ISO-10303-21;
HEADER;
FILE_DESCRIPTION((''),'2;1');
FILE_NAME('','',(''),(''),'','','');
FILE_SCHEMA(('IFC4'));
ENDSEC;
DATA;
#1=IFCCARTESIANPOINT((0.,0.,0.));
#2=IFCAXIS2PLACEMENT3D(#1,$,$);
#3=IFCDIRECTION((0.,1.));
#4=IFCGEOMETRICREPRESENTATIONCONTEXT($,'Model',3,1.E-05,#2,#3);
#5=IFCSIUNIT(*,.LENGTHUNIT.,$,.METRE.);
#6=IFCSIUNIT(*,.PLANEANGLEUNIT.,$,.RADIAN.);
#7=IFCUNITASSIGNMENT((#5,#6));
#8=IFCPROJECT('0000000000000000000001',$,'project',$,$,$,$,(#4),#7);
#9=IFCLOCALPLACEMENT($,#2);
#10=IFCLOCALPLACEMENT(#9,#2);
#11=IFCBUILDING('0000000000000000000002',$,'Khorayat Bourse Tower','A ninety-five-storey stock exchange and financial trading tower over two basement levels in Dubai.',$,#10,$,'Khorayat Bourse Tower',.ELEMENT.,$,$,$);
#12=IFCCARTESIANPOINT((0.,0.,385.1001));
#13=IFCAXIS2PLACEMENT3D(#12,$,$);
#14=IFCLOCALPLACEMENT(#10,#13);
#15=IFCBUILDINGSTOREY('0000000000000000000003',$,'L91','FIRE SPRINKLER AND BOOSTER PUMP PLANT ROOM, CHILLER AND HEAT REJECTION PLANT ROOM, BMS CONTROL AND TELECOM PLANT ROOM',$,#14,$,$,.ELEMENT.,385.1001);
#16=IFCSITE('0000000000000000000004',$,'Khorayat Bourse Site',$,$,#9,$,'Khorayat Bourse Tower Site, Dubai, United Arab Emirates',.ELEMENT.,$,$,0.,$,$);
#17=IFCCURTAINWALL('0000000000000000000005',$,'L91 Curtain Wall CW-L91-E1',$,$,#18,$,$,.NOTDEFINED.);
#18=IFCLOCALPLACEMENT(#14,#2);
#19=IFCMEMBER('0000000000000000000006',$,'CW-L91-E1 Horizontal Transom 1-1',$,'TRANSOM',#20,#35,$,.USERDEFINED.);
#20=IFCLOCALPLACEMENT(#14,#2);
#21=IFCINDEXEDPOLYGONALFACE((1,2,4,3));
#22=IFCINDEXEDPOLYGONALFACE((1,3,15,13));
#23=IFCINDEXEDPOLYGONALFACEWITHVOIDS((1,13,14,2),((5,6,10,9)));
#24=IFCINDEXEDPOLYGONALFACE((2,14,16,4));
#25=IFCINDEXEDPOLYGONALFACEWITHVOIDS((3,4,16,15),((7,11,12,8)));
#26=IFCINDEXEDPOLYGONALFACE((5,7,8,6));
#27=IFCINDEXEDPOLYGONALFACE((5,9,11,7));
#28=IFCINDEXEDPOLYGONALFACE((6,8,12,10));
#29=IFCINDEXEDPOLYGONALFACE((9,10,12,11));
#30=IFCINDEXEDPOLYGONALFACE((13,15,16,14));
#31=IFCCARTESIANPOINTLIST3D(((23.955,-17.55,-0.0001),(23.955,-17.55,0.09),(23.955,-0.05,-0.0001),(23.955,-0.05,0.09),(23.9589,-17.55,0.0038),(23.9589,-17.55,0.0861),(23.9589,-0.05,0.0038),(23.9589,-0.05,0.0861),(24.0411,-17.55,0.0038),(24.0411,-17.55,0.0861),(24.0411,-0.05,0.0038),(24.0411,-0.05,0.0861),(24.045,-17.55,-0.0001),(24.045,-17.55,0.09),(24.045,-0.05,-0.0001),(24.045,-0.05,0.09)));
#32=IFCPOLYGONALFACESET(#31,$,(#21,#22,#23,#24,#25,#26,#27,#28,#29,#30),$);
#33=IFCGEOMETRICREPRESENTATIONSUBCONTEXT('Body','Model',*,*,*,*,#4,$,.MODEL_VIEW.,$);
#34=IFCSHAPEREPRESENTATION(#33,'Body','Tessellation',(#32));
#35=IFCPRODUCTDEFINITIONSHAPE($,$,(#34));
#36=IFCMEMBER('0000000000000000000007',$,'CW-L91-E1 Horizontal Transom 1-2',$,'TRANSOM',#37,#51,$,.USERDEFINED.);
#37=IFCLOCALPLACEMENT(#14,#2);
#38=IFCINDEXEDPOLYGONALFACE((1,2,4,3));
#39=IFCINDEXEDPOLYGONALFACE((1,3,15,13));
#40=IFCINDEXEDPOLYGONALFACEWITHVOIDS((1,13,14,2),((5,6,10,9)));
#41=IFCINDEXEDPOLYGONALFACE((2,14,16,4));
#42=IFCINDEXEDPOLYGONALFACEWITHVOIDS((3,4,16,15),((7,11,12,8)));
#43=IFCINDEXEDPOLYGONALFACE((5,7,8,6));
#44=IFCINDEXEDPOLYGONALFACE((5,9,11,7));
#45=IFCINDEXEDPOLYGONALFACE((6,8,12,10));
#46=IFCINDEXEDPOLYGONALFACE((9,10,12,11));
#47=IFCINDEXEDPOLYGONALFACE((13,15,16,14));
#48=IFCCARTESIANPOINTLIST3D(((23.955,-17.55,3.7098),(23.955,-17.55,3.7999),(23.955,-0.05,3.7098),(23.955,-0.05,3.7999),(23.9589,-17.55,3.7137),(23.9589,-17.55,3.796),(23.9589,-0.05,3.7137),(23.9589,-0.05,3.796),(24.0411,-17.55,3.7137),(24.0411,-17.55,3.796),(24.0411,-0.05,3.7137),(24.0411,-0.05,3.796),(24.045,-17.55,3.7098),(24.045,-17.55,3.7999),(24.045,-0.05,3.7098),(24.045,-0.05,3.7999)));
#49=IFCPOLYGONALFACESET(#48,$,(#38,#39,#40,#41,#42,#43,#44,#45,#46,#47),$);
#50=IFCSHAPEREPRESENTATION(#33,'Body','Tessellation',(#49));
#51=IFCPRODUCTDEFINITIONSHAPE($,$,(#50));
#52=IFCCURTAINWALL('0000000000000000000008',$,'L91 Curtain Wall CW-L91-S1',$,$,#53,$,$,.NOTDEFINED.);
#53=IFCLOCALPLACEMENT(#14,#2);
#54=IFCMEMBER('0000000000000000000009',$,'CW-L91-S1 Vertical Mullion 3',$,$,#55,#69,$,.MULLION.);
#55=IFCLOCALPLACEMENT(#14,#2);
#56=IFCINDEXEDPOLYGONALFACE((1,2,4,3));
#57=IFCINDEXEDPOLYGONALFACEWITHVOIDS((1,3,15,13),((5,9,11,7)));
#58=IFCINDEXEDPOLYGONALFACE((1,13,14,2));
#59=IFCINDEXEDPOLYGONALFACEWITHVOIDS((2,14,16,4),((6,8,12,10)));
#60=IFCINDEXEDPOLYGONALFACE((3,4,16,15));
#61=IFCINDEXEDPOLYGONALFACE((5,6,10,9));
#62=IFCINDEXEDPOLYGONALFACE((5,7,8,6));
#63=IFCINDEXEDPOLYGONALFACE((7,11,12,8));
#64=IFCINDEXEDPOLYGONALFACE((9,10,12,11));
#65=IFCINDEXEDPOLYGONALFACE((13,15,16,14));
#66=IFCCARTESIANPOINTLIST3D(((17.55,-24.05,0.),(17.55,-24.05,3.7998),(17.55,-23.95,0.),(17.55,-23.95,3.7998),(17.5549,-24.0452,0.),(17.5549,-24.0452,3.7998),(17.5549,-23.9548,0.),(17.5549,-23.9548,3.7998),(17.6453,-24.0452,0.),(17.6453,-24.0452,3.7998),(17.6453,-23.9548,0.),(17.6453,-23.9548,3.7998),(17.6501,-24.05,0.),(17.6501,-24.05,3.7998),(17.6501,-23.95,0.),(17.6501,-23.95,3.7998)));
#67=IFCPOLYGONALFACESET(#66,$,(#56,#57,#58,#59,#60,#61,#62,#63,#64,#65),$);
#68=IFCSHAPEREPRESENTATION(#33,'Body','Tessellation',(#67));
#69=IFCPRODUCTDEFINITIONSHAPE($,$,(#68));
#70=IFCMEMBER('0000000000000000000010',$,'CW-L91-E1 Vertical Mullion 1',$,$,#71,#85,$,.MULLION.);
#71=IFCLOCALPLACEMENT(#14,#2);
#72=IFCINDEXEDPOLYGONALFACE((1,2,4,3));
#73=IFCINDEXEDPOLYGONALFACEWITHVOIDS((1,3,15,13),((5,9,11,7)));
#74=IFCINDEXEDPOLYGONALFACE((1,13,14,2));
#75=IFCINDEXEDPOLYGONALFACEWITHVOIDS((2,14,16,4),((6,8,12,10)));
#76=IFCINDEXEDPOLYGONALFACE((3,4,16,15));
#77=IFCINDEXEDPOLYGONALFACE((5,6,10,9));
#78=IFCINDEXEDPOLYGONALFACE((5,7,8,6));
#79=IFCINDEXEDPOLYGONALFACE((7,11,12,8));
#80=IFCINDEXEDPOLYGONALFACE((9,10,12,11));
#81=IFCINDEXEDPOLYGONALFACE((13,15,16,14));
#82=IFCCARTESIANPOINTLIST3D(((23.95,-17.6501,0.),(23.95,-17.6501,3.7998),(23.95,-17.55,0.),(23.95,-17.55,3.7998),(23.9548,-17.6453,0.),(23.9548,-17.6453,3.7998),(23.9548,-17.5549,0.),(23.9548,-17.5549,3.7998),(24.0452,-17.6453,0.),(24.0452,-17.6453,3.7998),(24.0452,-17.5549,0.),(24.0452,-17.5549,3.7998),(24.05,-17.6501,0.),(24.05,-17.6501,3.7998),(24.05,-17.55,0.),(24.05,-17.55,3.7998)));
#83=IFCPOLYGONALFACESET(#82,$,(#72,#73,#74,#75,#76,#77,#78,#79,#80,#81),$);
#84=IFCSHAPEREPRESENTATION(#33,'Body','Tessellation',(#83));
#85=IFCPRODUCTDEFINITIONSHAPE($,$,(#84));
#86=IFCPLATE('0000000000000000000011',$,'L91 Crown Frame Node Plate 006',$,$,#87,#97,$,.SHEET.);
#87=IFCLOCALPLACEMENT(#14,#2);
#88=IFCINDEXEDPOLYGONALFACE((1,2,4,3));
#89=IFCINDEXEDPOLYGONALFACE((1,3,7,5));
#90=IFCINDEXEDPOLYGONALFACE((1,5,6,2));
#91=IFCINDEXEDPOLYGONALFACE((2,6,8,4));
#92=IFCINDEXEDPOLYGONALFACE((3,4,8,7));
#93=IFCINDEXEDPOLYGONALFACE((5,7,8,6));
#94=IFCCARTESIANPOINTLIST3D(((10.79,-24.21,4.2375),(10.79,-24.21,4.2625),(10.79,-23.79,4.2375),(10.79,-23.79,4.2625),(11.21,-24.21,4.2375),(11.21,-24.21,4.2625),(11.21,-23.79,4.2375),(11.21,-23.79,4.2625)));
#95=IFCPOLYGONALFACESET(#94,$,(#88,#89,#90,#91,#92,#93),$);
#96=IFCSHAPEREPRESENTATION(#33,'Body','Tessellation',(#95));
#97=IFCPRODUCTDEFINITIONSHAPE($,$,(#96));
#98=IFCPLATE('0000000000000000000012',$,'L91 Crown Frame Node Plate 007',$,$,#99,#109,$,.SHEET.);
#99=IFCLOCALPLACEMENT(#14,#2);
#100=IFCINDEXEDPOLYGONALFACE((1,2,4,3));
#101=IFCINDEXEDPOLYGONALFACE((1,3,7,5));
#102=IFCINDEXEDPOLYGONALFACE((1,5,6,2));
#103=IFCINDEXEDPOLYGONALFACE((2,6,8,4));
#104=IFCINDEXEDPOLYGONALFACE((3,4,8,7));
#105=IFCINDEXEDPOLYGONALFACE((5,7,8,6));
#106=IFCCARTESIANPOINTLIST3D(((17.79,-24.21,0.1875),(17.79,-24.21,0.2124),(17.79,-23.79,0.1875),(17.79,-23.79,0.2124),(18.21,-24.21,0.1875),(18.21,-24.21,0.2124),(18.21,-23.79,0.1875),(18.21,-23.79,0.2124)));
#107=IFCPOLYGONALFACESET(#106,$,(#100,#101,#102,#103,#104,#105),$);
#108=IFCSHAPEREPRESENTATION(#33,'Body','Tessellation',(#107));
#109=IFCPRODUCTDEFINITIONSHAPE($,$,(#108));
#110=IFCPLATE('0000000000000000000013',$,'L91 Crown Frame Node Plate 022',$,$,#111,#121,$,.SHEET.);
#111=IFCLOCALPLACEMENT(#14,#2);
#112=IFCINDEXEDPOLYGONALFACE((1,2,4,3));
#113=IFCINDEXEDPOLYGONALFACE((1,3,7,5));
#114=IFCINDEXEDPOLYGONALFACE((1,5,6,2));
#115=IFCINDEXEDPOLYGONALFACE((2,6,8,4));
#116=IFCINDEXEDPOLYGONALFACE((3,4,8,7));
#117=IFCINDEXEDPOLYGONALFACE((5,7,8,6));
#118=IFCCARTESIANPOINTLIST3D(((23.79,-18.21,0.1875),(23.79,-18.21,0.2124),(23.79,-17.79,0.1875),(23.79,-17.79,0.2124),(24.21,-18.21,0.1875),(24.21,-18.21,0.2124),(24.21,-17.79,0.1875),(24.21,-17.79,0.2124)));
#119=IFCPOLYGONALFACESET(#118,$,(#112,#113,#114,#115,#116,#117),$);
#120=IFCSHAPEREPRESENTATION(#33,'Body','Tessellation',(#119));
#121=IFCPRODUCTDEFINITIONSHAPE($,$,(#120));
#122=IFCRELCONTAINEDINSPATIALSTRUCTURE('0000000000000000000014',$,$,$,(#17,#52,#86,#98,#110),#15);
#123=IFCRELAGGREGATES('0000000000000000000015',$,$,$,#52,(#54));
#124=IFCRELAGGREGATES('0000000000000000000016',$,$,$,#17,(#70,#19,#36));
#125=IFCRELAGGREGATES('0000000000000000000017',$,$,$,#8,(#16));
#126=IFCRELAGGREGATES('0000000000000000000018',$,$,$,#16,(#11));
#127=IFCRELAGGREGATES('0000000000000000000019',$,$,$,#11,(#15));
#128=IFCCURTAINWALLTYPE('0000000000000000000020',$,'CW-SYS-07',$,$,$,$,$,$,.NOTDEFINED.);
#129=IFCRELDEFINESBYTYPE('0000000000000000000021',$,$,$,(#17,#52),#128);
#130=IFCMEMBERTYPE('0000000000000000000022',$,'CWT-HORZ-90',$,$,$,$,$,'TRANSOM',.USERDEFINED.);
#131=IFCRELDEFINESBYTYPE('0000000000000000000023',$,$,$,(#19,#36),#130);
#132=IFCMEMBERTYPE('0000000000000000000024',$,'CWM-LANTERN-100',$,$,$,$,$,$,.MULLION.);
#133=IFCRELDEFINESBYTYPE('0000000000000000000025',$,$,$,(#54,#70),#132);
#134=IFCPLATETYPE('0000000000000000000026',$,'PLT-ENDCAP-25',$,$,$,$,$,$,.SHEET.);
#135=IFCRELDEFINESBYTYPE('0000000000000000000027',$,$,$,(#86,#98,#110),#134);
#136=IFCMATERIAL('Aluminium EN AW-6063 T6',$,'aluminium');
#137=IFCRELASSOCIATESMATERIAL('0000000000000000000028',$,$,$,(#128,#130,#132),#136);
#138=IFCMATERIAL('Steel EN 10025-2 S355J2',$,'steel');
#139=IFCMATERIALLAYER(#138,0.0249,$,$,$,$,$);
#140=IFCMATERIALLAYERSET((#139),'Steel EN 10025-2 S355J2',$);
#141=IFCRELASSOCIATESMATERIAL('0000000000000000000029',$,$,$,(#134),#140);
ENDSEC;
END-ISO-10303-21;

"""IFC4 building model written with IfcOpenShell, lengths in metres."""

from ifc_helpers import new_model, si_unit, direction, frame, origin, origin_2d, place, context, subcontext, project, spatial, rectangle, hollow_rectangle, extrude, source, transform, mapped, material, layer, layer_set, material_profile, profile_set, type_object, element, aggregate, save


model = new_model("IFC4")

# Units and contexts
model_context = context("Model", 3, precision=1e-05, world=origin(), true_north=direction((0.0, 1.0)))
body_context = subcontext(model_context, "Body", "Model", "MODEL_VIEW")
ifc_project = project(units=[si_unit("LENGTHUNIT", "METRE"), si_unit("PLANEANGLEUNIT", "RADIAN")], contexts=[model_context])

# Site, building, storey
site_placement = place(None, origin())
site = spatial("IfcSite", under=ifc_project, at=site_placement, Name="Khorayat Bourse Site", LongName="Khorayat Bourse Tower Site, Dubai, United Arab Emirates", CompositionType="ELEMENT", RefElevation=0.0)
building_placement = place(site_placement, origin())
building = spatial("IfcBuilding", under=site, at=building_placement, Name="Khorayat Bourse Tower", Description="A ninety-five-storey stock exchange and financial trading tower over two basement levels in Dubai.", LongName="Khorayat Bourse Tower", CompositionType="ELEMENT")
storey_placement = place(building_placement, frame((0.0, 0.0, 385.1001)))
storey = spatial("IfcBuildingStorey", under=building, at=storey_placement, Name="L91", Description="FIRE SPRINKLER AND BOOSTER PUMP PLANT ROOM, CHILLER AND HEAT REJECTION PLANT ROOM, BMS CONTROL AND TELECOM PLANT ROOM", CompositionType="ELEMENT", Elevation=385.1001)

# Shared definitions
ifc_material_1 = material(Name="Steel EN 10025-2 S355J2", Category="steel")

# Curtain wall, members
ifc_material_2 = material(Name="Aluminium EN AW-6063 T6", Category="aluminium")
curtain_wall_type = type_object("IfcCurtainWallType", Name="CW-SYS-07", PredefinedType="NOTDEFINED", material=ifc_material_2)
curtain_wall_1_placement = place(storey_placement, origin())
curtain_wall_1 = element("IfcCurtainWall", 1, at=curtain_wall_1_placement, inside=storey, type_object=curtain_wall_type, Name="L91 Curtain Wall CW-L91-E1", PredefinedType="NOTDEFINED")
ifc_material_profile_1 = material_profile(ifc_material_2, hollow_rectangle(XDim=0.0901, YDim=0.0901, WallThickness=0.0039, at=origin_2d()), Name="ALU 90x90x4")
ifc_profile_set_1 = profile_set([ifc_material_profile_1], Name="Aluminium EN AW-6063 T6")
member_type_1 = type_object("IfcMemberType", Name="CWT-HORZ-90", ElementType="TRANSOM", PredefinedType="USERDEFINED", material=ifc_profile_set_1)
shared_shape_1 = source(origin(), body_context, "Body", "SweptSolid", [
    extrude(hollow_rectangle(XDim=0.0901, YDim=0.0901, WallThickness=0.0039, at=origin_2d()), origin(), (0.0, 0.0, 1.0), 17.5),
])
member_1_placement = place(storey_placement, frame((24.0, -17.55, 0.0449), z_axis=(0.0, 1.0, 0.0), x_axis=(-1.0, 0.0, 0.0)))
member_1 = element("IfcMember", 2, at=member_1_placement, type_object=member_type_1, Name="CW-L91-E1 Horizontal Transom 1-1", ObjectType="TRANSOM", PredefinedType="USERDEFINED", context=body_context, shape_type="MappedRepresentation", body=[
    mapped(shared_shape_1, transform((0.0, 0.0, 0.0), scale=1.0)),
])
member_2_placement = place(storey_placement, frame((24.0, -17.55, 3.7549), z_axis=(0.0, 1.0, 0.0), x_axis=(-1.0, 0.0, 0.0)))
member_2 = element("IfcMember", 3, at=member_2_placement, type_object=member_type_1, Name="CW-L91-E1 Horizontal Transom 1-2", ObjectType="TRANSOM", PredefinedType="USERDEFINED", context=body_context, shape_type="MappedRepresentation", body=[
    mapped(shared_shape_1, transform((0.0, 0.0, 0.0), scale=1.0)),
])

# Curtain wall, member
curtain_wall_2_placement = place(storey_placement, origin())
curtain_wall_2 = element("IfcCurtainWall", 4, at=curtain_wall_2_placement, inside=storey, type_object=curtain_wall_type, Name="L91 Curtain Wall CW-L91-S1", PredefinedType="NOTDEFINED")
ifc_material_profile_2 = material_profile(ifc_material_2, hollow_rectangle(XDim=0.1001, YDim=0.1001, WallThickness=0.0049, at=origin_2d()), Name="ALU 100x100x5")
ifc_profile_set_2 = profile_set([ifc_material_profile_2], Name="Aluminium EN AW-6063 T6")
member_type_2 = type_object("IfcMemberType", Name="CWM-LANTERN-100", PredefinedType="MULLION", material=ifc_profile_set_2)
shared_shape_2 = source(origin(), body_context, "Body", "SweptSolid", [
    extrude(hollow_rectangle(XDim=0.1001, YDim=0.1001, WallThickness=0.0049, at=origin_2d()), origin(), (0.0, 0.0, 1.0), 3.7998),
])
member_3_placement = place(storey_placement, frame((17.6001, -24.0, 0.0), z_axis=(0.0, 0.0, 1.0), x_axis=(0.0, 1.0, 0.0)))
member_3 = element("IfcMember", 5, at=member_3_placement, type_object=member_type_2, Name="CW-L91-S1 Vertical Mullion 3", PredefinedType="MULLION", context=body_context, shape_type="MappedRepresentation", body=[
    mapped(shared_shape_2, transform((0.0, 0.0, 0.0), scale=1.0)),
])
aggregate(curtain_wall_2, [member_3])

# Member
member_4_placement = place(storey_placement, frame((24.0, -17.6001, 0.0), z_axis=(0.0, 0.0, 1.0), x_axis=(-1.0, 0.0, 0.0)))
member_4 = element("IfcMember", 6, at=member_4_placement, type_object=member_type_2, Name="CW-L91-E1 Vertical Mullion 1", PredefinedType="MULLION", context=body_context, shape_type="MappedRepresentation", body=[
    mapped(shared_shape_2, transform((0.0, 0.0, 0.0), scale=1.0)),
])
aggregate(curtain_wall_1, [member_4, member_1, member_2])

# Plates
ifc_layer_1 = layer(ifc_material_1, 0.0249)
ifc_layer_set_1 = layer_set([ifc_layer_1], Name="Steel EN 10025-2 S355J2")
plate_type = type_object("IfcPlateType", Name="PLT-ENDCAP-25", PredefinedType="SHEET", material=ifc_layer_set_1)
shared_shape_3 = source(origin(), body_context, "Body", "SweptSolid", [
    extrude(rectangle(XDim=0.4199, YDim=0.4199, at=origin_2d()), origin(), (0.0, 0.0, 1.0), 0.0249),
])
for number, where, z_axis, x_axis, name in (
    (7, (11.0, -24.0, 4.2375), (0.0, 0.0, 1.0), (1.0, 0.0, 0.0), "L91 Crown Frame Node Plate 006"),
    (8, (18.0, -24.0, 0.1875), (0.0, 0.0, 1.0), (1.0, 0.0, 0.0), "L91 Crown Frame Node Plate 007"),
    (9, (24.0, -18.0, 0.1875), (0.0, 0.0, 1.0), (1.0, 0.0, 0.0), "L91 Crown Frame Node Plate 022"),
):
    element("IfcPlate", number, at=place(storey_placement, frame(where, z_axis=z_axis, x_axis=x_axis)), inside=storey, type_object=plate_type, Name=name, PredefinedType="SHEET", context=body_context, shape_type="MappedRepresentation", body=[
        mapped(shared_shape_3, transform((0.0, 0.0, 0.0), scale=1.0)),
    ])

save(model, "model.ifc")
